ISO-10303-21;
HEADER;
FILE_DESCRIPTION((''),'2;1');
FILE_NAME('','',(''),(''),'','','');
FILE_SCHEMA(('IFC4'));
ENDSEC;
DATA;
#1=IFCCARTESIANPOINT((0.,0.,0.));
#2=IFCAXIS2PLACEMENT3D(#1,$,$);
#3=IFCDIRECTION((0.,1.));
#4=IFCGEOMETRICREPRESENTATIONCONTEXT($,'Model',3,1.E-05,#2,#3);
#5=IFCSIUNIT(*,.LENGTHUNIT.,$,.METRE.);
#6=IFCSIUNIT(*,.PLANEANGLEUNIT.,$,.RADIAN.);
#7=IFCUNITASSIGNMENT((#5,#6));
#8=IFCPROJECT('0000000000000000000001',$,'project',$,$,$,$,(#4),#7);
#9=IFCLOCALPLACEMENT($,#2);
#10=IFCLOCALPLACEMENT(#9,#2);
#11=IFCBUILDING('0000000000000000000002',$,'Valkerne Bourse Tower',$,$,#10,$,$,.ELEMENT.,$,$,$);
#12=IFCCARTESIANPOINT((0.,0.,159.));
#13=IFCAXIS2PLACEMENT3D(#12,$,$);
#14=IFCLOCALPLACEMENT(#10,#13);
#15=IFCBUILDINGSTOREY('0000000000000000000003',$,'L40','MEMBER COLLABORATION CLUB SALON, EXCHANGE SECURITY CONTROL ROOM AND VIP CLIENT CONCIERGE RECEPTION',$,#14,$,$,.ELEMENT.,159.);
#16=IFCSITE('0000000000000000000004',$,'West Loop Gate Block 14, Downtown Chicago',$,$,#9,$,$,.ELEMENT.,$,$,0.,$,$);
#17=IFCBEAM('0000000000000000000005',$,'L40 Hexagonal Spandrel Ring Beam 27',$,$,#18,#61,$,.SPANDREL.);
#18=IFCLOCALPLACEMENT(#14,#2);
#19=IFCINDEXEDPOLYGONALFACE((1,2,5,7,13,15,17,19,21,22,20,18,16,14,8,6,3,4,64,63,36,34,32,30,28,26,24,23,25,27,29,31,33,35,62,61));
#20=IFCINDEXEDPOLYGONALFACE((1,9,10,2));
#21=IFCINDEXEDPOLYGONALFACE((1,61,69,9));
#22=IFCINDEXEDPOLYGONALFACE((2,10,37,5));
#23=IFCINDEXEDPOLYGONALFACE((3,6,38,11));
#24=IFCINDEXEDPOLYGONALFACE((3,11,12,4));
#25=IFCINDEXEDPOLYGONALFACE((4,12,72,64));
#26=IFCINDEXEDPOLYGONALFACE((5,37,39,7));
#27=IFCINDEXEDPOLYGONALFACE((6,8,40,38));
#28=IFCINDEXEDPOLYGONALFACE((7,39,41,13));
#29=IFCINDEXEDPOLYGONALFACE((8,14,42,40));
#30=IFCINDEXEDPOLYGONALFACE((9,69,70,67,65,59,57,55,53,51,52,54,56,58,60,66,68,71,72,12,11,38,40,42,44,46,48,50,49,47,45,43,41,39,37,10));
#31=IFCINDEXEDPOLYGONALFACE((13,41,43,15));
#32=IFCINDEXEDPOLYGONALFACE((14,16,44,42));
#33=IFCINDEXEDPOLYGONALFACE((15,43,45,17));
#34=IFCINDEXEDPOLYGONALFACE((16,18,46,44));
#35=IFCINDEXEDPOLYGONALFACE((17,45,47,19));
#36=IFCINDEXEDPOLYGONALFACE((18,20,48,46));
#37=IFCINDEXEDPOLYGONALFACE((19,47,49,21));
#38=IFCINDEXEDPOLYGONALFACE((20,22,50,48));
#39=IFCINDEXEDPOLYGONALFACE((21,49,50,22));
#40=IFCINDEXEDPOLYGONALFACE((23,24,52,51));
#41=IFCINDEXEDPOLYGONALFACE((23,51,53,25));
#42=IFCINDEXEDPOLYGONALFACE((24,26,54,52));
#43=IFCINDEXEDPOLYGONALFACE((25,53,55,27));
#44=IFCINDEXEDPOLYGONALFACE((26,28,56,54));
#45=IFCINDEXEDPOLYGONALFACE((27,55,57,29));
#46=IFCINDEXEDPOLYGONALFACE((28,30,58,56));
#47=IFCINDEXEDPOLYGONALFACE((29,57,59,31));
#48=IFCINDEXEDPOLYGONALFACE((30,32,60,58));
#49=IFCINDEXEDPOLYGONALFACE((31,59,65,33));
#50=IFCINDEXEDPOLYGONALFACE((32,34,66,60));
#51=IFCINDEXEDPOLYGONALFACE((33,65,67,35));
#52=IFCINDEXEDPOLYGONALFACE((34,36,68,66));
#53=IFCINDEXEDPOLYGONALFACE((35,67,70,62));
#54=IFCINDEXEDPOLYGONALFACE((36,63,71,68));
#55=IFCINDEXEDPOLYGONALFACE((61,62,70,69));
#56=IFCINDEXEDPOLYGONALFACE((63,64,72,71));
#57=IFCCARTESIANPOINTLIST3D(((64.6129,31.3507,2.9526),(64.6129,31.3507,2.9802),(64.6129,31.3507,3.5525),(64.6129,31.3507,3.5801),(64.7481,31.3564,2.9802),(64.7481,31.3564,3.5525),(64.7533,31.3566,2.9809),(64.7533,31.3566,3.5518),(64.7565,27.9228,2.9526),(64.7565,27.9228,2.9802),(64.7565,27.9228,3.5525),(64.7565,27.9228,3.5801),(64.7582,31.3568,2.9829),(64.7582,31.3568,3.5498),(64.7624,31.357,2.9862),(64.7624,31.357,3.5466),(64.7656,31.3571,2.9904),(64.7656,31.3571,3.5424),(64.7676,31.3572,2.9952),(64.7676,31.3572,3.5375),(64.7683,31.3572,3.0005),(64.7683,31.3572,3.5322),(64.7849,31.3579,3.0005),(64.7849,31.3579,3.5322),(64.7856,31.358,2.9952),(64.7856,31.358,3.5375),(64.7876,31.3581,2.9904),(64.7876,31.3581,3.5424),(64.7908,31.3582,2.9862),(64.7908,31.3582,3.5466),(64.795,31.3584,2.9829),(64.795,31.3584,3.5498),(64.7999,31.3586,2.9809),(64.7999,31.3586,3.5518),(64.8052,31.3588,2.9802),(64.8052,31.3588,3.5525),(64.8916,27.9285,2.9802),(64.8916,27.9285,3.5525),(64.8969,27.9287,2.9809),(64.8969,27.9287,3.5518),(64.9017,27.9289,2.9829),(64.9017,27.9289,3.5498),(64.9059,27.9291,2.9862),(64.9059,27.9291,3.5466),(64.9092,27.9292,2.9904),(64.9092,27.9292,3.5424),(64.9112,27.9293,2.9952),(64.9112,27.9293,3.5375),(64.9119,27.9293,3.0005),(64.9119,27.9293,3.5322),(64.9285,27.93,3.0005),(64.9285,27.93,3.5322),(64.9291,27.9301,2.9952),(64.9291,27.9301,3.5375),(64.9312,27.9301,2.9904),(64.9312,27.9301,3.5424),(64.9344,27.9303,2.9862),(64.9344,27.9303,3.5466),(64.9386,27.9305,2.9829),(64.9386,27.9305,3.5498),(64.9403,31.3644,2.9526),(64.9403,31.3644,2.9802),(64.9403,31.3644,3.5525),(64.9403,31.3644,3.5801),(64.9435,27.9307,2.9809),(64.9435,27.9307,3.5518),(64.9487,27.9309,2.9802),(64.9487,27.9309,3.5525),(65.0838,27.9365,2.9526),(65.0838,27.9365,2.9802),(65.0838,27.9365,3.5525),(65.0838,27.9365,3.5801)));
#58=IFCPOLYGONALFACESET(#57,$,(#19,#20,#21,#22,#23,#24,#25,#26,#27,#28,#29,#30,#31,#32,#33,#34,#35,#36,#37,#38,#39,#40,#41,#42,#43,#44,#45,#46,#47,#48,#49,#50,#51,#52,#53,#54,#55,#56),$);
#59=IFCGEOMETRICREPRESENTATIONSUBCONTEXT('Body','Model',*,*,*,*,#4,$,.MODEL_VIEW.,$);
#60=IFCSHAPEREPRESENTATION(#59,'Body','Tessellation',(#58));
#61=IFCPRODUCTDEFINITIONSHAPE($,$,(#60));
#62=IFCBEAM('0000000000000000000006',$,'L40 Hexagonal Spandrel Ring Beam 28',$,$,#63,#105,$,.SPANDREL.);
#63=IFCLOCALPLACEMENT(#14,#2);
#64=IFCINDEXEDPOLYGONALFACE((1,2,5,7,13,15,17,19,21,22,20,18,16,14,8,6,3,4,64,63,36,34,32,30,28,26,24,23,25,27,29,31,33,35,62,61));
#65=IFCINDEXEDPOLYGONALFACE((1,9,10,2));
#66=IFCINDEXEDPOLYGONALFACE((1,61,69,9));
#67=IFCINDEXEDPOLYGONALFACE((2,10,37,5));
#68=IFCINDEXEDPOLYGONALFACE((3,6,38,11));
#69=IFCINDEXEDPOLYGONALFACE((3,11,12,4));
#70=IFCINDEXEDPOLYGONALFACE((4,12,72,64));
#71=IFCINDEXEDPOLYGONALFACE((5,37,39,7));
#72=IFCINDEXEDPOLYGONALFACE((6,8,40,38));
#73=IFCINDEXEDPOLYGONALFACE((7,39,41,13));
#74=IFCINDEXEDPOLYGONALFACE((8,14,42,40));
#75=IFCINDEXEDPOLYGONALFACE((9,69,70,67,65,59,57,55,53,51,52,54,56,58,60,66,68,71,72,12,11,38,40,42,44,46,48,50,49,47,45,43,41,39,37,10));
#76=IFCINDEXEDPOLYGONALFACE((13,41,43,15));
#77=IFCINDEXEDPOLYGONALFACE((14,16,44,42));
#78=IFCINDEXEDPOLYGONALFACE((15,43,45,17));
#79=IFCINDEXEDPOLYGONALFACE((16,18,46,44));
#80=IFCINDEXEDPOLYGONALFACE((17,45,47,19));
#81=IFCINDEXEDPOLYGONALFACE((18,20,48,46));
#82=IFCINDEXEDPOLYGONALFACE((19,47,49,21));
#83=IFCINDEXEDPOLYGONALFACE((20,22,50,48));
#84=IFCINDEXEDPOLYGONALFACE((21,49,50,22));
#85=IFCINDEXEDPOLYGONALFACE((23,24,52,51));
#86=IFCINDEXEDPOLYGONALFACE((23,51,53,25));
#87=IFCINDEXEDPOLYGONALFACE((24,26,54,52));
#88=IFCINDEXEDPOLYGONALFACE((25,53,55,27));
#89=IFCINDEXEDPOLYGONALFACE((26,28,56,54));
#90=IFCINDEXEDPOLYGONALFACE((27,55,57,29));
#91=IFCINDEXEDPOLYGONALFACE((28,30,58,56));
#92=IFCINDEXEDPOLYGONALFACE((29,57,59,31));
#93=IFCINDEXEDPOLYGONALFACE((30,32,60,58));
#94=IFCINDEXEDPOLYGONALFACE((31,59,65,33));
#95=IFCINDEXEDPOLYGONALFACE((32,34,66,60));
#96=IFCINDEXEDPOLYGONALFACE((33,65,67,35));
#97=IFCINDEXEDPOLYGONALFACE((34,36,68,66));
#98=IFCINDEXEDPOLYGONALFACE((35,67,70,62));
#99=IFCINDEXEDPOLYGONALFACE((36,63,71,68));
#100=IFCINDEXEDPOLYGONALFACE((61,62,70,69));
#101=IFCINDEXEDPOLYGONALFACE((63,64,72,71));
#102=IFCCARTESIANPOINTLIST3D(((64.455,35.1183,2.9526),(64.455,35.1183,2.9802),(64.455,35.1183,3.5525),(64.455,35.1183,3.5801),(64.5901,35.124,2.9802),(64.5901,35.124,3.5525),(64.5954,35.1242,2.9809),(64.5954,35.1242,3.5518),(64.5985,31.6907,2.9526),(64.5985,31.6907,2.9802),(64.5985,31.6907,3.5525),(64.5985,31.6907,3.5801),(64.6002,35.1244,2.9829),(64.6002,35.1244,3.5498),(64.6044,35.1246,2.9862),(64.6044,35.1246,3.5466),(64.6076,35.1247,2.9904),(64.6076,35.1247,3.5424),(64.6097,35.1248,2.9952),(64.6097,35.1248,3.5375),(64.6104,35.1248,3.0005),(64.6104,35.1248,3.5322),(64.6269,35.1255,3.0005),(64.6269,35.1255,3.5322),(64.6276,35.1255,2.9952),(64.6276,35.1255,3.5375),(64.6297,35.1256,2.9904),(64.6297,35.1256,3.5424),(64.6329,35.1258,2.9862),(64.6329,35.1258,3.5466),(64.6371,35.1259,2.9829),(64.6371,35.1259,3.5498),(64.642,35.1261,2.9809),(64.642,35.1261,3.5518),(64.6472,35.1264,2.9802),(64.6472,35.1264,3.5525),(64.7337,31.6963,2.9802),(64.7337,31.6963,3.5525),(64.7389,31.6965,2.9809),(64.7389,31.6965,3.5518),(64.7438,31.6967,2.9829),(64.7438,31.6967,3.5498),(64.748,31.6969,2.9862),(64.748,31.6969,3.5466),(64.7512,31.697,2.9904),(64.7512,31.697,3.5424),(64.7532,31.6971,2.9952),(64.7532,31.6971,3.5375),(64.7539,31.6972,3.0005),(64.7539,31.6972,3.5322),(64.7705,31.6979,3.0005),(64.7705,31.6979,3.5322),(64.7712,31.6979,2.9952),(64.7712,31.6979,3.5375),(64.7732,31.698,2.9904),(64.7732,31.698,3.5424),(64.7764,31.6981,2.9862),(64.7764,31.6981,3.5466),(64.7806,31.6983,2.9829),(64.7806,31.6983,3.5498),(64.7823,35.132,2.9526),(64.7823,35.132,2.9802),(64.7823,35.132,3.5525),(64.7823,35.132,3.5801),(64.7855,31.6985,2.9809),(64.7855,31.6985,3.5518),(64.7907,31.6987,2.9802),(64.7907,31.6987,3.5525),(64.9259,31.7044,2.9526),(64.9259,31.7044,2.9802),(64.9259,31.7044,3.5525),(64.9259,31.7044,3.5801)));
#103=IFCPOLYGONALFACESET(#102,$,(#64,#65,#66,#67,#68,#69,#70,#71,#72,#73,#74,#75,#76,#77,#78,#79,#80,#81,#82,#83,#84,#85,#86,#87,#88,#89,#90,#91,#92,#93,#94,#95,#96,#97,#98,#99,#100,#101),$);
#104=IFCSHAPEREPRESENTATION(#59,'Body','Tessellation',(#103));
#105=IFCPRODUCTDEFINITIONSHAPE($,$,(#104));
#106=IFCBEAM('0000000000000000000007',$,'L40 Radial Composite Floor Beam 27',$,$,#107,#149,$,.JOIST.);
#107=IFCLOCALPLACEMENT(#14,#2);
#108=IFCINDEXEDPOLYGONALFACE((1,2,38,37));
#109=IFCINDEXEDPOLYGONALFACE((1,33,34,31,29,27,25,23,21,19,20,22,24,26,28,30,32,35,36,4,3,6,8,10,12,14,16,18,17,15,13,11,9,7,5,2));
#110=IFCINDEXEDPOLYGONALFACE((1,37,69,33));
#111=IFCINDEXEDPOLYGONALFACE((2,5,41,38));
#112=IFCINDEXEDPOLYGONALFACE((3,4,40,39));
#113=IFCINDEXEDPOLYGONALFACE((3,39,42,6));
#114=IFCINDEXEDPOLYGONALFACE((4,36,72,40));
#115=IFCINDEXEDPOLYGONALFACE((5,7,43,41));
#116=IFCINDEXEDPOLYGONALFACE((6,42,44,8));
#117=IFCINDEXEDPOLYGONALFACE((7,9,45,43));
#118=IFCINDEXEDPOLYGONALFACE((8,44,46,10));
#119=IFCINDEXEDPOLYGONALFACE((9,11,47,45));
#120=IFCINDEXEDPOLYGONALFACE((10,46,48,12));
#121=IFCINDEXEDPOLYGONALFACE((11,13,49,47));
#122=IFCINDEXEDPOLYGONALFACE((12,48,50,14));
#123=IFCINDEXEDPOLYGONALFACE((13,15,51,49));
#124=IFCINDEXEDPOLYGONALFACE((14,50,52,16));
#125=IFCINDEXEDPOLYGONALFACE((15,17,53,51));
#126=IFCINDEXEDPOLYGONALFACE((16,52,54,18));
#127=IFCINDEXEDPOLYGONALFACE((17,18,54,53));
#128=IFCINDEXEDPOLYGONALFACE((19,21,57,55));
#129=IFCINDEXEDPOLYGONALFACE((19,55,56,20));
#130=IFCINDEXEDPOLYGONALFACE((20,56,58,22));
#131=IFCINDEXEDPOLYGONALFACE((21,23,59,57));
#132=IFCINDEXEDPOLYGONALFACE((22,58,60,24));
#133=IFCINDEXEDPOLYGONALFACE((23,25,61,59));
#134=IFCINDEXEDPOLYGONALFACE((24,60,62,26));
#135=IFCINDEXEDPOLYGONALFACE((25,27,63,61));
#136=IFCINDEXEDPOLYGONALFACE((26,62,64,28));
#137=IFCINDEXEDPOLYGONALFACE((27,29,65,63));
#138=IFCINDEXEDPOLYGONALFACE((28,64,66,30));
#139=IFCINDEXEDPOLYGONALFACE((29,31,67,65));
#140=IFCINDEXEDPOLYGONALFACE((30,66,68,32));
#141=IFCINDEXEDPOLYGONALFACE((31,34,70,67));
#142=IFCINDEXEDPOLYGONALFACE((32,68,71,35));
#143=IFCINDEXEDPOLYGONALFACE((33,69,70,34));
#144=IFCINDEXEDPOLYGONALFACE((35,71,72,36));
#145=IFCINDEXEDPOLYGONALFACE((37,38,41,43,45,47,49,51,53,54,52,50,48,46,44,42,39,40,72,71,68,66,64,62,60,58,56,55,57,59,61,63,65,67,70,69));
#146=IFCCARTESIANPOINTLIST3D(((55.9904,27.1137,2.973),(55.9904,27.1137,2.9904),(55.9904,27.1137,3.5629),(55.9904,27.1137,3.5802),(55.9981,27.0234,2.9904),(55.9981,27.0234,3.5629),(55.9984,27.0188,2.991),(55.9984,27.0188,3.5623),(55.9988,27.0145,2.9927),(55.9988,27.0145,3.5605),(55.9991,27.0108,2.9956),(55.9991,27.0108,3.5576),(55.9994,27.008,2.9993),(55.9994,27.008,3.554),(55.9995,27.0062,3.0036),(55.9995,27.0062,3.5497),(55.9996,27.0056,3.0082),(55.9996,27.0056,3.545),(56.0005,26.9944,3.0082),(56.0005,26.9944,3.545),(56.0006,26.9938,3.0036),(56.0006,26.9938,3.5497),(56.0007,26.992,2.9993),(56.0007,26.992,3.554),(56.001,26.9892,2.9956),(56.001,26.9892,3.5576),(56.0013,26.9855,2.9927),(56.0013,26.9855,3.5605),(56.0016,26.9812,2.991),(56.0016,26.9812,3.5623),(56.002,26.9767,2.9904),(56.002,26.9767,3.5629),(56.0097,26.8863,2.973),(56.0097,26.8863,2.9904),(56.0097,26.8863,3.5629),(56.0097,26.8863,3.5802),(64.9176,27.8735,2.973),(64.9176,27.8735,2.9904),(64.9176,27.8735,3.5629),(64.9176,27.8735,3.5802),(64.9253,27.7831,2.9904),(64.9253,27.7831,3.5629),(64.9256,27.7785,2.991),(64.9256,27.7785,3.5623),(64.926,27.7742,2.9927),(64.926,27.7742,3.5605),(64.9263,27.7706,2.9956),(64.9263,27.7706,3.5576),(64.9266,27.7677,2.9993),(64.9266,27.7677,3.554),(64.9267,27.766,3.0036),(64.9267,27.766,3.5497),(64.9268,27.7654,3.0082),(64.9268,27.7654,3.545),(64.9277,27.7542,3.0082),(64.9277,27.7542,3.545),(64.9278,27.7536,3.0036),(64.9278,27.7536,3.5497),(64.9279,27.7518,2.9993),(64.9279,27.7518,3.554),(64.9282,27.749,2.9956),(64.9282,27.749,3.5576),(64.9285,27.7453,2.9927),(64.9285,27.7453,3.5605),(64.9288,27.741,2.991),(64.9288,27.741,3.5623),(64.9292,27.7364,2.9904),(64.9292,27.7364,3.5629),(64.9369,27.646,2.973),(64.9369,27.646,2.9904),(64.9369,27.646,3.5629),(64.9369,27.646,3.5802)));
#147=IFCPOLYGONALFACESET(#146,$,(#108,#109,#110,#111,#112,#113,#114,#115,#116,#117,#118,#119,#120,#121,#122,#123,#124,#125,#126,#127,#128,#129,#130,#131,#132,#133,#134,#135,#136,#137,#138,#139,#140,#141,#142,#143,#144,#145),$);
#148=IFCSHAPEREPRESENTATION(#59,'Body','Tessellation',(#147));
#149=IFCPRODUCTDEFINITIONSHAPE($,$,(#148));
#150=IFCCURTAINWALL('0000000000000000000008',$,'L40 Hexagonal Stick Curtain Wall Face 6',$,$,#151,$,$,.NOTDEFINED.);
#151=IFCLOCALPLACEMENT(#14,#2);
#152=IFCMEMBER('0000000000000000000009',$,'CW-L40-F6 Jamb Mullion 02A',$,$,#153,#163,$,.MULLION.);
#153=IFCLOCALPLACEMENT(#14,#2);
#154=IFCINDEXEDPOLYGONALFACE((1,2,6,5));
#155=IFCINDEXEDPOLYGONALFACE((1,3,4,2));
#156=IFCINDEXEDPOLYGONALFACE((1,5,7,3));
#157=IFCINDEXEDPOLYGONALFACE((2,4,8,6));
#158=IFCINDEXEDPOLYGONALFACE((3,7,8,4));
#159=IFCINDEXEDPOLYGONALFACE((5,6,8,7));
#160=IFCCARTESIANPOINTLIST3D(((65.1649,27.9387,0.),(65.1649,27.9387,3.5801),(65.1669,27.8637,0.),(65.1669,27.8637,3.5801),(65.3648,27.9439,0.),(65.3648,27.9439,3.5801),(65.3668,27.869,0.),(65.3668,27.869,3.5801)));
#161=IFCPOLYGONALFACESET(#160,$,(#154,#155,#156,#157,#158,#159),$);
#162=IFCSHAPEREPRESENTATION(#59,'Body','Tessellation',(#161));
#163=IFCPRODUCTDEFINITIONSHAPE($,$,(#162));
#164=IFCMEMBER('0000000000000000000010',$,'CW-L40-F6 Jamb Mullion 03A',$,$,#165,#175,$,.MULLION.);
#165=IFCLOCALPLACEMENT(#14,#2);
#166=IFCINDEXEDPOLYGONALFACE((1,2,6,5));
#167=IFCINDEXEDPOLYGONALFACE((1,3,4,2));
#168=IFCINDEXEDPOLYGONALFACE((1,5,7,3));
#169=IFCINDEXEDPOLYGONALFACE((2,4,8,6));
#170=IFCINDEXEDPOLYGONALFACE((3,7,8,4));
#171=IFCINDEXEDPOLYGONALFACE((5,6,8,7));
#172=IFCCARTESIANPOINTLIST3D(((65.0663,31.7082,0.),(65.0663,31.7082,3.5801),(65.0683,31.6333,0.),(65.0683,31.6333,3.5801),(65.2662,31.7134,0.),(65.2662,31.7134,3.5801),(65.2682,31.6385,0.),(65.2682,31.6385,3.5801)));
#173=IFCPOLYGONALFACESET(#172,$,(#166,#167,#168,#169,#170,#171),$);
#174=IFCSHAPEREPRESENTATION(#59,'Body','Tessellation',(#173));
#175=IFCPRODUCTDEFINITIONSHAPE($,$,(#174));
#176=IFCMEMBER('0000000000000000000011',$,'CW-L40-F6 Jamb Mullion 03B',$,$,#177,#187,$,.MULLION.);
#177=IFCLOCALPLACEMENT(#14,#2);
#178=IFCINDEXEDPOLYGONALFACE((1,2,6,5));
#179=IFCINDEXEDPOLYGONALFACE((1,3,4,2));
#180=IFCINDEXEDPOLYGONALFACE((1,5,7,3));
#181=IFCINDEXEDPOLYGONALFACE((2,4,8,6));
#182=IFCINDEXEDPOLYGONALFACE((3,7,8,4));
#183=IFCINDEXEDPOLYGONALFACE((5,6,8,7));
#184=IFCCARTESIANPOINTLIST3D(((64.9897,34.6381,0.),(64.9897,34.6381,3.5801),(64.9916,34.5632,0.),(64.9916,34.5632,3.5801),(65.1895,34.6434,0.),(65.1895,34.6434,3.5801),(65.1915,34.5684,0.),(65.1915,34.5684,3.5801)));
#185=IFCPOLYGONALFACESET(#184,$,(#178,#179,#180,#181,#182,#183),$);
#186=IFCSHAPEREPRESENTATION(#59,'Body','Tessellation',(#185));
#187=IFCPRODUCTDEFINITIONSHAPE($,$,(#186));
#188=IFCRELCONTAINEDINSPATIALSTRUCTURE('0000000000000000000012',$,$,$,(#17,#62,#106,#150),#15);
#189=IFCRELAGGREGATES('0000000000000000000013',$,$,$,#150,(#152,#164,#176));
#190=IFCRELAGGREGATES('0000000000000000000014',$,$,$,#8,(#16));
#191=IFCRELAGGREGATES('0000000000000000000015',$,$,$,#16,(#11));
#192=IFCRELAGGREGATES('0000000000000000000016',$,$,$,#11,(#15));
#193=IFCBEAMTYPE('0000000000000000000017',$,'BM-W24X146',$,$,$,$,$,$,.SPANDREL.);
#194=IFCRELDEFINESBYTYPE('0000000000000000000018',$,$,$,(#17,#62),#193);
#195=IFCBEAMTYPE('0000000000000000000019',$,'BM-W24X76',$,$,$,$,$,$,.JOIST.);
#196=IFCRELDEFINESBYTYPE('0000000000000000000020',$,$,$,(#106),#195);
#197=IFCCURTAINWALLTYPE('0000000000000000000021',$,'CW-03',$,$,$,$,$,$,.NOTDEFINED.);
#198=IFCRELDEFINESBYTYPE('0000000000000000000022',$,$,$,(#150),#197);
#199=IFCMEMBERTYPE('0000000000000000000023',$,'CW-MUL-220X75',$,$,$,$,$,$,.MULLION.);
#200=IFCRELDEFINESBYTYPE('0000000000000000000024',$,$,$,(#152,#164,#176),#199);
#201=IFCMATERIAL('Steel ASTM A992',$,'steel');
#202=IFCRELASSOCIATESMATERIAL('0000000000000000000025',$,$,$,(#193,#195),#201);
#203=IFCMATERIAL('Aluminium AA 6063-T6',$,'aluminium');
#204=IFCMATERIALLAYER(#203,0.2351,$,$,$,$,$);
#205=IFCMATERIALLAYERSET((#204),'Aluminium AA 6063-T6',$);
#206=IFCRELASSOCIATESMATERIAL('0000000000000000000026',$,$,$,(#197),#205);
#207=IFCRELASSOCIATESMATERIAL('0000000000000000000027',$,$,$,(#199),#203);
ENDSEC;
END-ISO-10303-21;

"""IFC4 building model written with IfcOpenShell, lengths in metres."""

from ifc_helpers import new_model, si_unit, direction, frame, origin, origin_2d, place, context, subcontext, project, spatial, rectangle, i_section, extrude, material, layer, layer_set, material_profile, profile_set, type_object, element, aggregate, save


model = new_model("IFC4")

# Units and contexts
model_context = context("Model", 3, precision=1e-05, world=origin(), true_north=direction((0.0, 1.0)))
body_context = subcontext(model_context, "Body", "Model", "MODEL_VIEW")
ifc_project = project(units=[si_unit("LENGTHUNIT", "METRE"), si_unit("PLANEANGLEUNIT", "RADIAN")], contexts=[model_context])

# Site, building, storey
site_placement = place(None, origin())
site = spatial("IfcSite", under=ifc_project, at=site_placement, Name="West Loop Gate Block 14, Downtown Chicago", CompositionType="ELEMENT", RefElevation=0.0)
building_placement = place(site_placement, origin())
building = spatial("IfcBuilding", under=site, at=building_placement, Name="Valkerne Bourse Tower", CompositionType="ELEMENT")
storey_placement = place(building_placement, frame((0.0, 0.0, 159.0)))
storey = spatial("IfcBuildingStorey", under=building, at=storey_placement, Name="L40", Description="MEMBER COLLABORATION CLUB SALON, EXCHANGE SECURITY CONTROL ROOM AND VIP CLIENT CONCIERGE RECEPTION", CompositionType="ELEMENT", Elevation=159.0)

# Beams
ifc_material_1 = material(Name="Steel ASTM A992", Category="steel")
ifc_material_profile_1 = material_profile(ifc_material_1, i_section(OverallWidth=0.3276, OverallDepth=0.6274, WebThickness=0.0166, FlangeThickness=0.0276, FilletRadius=0.0203, at=origin_2d()), Name="W24X146")
ifc_profile_set_1 = profile_set([ifc_material_profile_1], Name="Steel ASTM A992")
beam_type_1 = type_object("IfcBeamType", Name="BM-W24X146", PredefinedType="SPANDREL", material=ifc_profile_set_1)
beam_1_placement = place(storey_placement, frame((64.9202, 27.9297, 3.2664), z_axis=(-0.041841, 0.999124, 0.0), x_axis=(-0.999124, -0.041841, 0.0)))
element("IfcBeam", 1, at=beam_1_placement, inside=storey, type_object=beam_type_1, Name="L40 Hexagonal Spandrel Ring Beam 27", PredefinedType="SPANDREL", context=body_context, shape_type="SweptSolid", body=[
    extrude(i_section(OverallWidth=0.3276, OverallDepth=0.6274, WebThickness=0.0166, FlangeThickness=0.0276, FilletRadius=0.0203, at=origin_2d()), origin(), (0.0, 0.0, 1.0), 3.4309),
])
beam_2_placement = place(storey_placement, frame((64.7622, 31.6975, 3.2664), z_axis=(-0.041844, 0.999124, 0.0), x_axis=(-0.999124, -0.041844, 0.0)))
element("IfcBeam", 2, at=beam_2_placement, inside=storey, type_object=beam_type_1, Name="L40 Hexagonal Spandrel Ring Beam 28", PredefinedType="SPANDREL", context=body_context, shape_type="SweptSolid", body=[
    extrude(i_section(OverallWidth=0.3276, OverallDepth=0.6274, WebThickness=0.0166, FlangeThickness=0.0276, FilletRadius=0.0203, at=origin_2d()), origin(), (0.0, 0.0, 1.0), 3.4307),
])
ifc_material_profile_2 = material_profile(ifc_material_1, i_section(OverallWidth=0.2283, OverallDepth=0.6072, WebThickness=0.0112, FlangeThickness=0.0173, FilletRadius=0.0178, at=origin_2d()), Name="W24X76")
ifc_profile_set_2 = profile_set([ifc_material_profile_2], Name="Steel ASTM A992")
beam_type_2 = type_object("IfcBeamType", Name="BM-W24X76", PredefinedType="JOIST", material=ifc_profile_set_2)
beam_3_placement = place(storey_placement, frame((64.9272, 27.7598, 3.2766), z_axis=(-0.996398, -0.0848, 0.0), x_axis=(0.0848, -0.996398, 0.0)))
element("IfcBeam", 3, at=beam_3_placement, inside=storey, type_object=beam_type_2, Name="L40 Radial Composite Floor Beam 27", PredefinedType="JOIST", context=body_context, shape_type="SweptSolid", body=[
    extrude(i_section(OverallWidth=0.2283, OverallDepth=0.6072, WebThickness=0.0112, FlangeThickness=0.0173, FilletRadius=0.0178, at=origin_2d()), origin(), (0.0, 0.0, 1.0), 8.9595),
])

# Curtain wall, members
ifc_material_2 = material(Name="Aluminium AA 6063-T6", Category="aluminium")
ifc_layer_1 = layer(ifc_material_2, 0.2351)
ifc_layer_set_1 = layer_set([ifc_layer_1], Name="Aluminium AA 6063-T6")
curtain_wall_type = type_object("IfcCurtainWallType", Name="CW-03", PredefinedType="NOTDEFINED", material=ifc_layer_set_1)
curtain_wall_placement = place(storey_placement, origin())
curtain_wall = element("IfcCurtainWall", 4, at=curtain_wall_placement, inside=storey, type_object=curtain_wall_type, Name="L40 Hexagonal Stick Curtain Wall Face 6", PredefinedType="NOTDEFINED")
ifc_material_profile_3 = material_profile(ifc_material_2, rectangle(XDim=0.075, YDim=0.2, at=origin_2d()), Name="CWM-75X200")
ifc_profile_set_3 = profile_set([ifc_material_profile_3], Name="Aluminium AA 6063-T6")
member_type_1 = type_object("IfcMemberType", Name="CW-MUL-220X75", PredefinedType="MULLION", material=ifc_profile_set_3)
member_1_placement = place(storey_placement, frame((65.2659, 27.9038, 0.0), z_axis=(0.0, 0.0, 1.0), x_axis=(-0.026173, 0.999657, 0.0)))
member_1 = element("IfcMember", 5, at=member_1_placement, type_object=member_type_1, Name="CW-L40-F6 Jamb Mullion 02A", PredefinedType="MULLION", context=body_context, shape_type="SweptSolid", body=[
    extrude(rectangle(XDim=0.075, YDim=0.2, at=origin_2d()), origin(), (0.0, 0.0, 1.0), 3.5801),
])
member_2_placement = place(storey_placement, frame((65.1672, 31.6733, 0.0), z_axis=(0.0, 0.0, 1.0), x_axis=(-0.026173, 0.999657, 0.0)))
member_2 = element("IfcMember", 6, at=member_2_placement, type_object=member_type_1, Name="CW-L40-F6 Jamb Mullion 03A", PredefinedType="MULLION", context=body_context, shape_type="SweptSolid", body=[
    extrude(rectangle(XDim=0.075, YDim=0.2, at=origin_2d()), origin(), (0.0, 0.0, 1.0), 3.5801),
])
member_3_placement = place(storey_placement, frame((65.0906, 34.6033, 0.0), z_axis=(0.0, 0.0, 1.0), x_axis=(-0.026173, 0.999657, 0.0)))
member_3 = element("IfcMember", 7, at=member_3_placement, type_object=member_type_1, Name="CW-L40-F6 Jamb Mullion 03B", PredefinedType="MULLION", context=body_context, shape_type="SweptSolid", body=[
    extrude(rectangle(XDim=0.075, YDim=0.2, at=origin_2d()), origin(), (0.0, 0.0, 1.0), 3.5801),
])

aggregate(curtain_wall, [member_1, member_2, member_3])

save(model, "model.ifc")
